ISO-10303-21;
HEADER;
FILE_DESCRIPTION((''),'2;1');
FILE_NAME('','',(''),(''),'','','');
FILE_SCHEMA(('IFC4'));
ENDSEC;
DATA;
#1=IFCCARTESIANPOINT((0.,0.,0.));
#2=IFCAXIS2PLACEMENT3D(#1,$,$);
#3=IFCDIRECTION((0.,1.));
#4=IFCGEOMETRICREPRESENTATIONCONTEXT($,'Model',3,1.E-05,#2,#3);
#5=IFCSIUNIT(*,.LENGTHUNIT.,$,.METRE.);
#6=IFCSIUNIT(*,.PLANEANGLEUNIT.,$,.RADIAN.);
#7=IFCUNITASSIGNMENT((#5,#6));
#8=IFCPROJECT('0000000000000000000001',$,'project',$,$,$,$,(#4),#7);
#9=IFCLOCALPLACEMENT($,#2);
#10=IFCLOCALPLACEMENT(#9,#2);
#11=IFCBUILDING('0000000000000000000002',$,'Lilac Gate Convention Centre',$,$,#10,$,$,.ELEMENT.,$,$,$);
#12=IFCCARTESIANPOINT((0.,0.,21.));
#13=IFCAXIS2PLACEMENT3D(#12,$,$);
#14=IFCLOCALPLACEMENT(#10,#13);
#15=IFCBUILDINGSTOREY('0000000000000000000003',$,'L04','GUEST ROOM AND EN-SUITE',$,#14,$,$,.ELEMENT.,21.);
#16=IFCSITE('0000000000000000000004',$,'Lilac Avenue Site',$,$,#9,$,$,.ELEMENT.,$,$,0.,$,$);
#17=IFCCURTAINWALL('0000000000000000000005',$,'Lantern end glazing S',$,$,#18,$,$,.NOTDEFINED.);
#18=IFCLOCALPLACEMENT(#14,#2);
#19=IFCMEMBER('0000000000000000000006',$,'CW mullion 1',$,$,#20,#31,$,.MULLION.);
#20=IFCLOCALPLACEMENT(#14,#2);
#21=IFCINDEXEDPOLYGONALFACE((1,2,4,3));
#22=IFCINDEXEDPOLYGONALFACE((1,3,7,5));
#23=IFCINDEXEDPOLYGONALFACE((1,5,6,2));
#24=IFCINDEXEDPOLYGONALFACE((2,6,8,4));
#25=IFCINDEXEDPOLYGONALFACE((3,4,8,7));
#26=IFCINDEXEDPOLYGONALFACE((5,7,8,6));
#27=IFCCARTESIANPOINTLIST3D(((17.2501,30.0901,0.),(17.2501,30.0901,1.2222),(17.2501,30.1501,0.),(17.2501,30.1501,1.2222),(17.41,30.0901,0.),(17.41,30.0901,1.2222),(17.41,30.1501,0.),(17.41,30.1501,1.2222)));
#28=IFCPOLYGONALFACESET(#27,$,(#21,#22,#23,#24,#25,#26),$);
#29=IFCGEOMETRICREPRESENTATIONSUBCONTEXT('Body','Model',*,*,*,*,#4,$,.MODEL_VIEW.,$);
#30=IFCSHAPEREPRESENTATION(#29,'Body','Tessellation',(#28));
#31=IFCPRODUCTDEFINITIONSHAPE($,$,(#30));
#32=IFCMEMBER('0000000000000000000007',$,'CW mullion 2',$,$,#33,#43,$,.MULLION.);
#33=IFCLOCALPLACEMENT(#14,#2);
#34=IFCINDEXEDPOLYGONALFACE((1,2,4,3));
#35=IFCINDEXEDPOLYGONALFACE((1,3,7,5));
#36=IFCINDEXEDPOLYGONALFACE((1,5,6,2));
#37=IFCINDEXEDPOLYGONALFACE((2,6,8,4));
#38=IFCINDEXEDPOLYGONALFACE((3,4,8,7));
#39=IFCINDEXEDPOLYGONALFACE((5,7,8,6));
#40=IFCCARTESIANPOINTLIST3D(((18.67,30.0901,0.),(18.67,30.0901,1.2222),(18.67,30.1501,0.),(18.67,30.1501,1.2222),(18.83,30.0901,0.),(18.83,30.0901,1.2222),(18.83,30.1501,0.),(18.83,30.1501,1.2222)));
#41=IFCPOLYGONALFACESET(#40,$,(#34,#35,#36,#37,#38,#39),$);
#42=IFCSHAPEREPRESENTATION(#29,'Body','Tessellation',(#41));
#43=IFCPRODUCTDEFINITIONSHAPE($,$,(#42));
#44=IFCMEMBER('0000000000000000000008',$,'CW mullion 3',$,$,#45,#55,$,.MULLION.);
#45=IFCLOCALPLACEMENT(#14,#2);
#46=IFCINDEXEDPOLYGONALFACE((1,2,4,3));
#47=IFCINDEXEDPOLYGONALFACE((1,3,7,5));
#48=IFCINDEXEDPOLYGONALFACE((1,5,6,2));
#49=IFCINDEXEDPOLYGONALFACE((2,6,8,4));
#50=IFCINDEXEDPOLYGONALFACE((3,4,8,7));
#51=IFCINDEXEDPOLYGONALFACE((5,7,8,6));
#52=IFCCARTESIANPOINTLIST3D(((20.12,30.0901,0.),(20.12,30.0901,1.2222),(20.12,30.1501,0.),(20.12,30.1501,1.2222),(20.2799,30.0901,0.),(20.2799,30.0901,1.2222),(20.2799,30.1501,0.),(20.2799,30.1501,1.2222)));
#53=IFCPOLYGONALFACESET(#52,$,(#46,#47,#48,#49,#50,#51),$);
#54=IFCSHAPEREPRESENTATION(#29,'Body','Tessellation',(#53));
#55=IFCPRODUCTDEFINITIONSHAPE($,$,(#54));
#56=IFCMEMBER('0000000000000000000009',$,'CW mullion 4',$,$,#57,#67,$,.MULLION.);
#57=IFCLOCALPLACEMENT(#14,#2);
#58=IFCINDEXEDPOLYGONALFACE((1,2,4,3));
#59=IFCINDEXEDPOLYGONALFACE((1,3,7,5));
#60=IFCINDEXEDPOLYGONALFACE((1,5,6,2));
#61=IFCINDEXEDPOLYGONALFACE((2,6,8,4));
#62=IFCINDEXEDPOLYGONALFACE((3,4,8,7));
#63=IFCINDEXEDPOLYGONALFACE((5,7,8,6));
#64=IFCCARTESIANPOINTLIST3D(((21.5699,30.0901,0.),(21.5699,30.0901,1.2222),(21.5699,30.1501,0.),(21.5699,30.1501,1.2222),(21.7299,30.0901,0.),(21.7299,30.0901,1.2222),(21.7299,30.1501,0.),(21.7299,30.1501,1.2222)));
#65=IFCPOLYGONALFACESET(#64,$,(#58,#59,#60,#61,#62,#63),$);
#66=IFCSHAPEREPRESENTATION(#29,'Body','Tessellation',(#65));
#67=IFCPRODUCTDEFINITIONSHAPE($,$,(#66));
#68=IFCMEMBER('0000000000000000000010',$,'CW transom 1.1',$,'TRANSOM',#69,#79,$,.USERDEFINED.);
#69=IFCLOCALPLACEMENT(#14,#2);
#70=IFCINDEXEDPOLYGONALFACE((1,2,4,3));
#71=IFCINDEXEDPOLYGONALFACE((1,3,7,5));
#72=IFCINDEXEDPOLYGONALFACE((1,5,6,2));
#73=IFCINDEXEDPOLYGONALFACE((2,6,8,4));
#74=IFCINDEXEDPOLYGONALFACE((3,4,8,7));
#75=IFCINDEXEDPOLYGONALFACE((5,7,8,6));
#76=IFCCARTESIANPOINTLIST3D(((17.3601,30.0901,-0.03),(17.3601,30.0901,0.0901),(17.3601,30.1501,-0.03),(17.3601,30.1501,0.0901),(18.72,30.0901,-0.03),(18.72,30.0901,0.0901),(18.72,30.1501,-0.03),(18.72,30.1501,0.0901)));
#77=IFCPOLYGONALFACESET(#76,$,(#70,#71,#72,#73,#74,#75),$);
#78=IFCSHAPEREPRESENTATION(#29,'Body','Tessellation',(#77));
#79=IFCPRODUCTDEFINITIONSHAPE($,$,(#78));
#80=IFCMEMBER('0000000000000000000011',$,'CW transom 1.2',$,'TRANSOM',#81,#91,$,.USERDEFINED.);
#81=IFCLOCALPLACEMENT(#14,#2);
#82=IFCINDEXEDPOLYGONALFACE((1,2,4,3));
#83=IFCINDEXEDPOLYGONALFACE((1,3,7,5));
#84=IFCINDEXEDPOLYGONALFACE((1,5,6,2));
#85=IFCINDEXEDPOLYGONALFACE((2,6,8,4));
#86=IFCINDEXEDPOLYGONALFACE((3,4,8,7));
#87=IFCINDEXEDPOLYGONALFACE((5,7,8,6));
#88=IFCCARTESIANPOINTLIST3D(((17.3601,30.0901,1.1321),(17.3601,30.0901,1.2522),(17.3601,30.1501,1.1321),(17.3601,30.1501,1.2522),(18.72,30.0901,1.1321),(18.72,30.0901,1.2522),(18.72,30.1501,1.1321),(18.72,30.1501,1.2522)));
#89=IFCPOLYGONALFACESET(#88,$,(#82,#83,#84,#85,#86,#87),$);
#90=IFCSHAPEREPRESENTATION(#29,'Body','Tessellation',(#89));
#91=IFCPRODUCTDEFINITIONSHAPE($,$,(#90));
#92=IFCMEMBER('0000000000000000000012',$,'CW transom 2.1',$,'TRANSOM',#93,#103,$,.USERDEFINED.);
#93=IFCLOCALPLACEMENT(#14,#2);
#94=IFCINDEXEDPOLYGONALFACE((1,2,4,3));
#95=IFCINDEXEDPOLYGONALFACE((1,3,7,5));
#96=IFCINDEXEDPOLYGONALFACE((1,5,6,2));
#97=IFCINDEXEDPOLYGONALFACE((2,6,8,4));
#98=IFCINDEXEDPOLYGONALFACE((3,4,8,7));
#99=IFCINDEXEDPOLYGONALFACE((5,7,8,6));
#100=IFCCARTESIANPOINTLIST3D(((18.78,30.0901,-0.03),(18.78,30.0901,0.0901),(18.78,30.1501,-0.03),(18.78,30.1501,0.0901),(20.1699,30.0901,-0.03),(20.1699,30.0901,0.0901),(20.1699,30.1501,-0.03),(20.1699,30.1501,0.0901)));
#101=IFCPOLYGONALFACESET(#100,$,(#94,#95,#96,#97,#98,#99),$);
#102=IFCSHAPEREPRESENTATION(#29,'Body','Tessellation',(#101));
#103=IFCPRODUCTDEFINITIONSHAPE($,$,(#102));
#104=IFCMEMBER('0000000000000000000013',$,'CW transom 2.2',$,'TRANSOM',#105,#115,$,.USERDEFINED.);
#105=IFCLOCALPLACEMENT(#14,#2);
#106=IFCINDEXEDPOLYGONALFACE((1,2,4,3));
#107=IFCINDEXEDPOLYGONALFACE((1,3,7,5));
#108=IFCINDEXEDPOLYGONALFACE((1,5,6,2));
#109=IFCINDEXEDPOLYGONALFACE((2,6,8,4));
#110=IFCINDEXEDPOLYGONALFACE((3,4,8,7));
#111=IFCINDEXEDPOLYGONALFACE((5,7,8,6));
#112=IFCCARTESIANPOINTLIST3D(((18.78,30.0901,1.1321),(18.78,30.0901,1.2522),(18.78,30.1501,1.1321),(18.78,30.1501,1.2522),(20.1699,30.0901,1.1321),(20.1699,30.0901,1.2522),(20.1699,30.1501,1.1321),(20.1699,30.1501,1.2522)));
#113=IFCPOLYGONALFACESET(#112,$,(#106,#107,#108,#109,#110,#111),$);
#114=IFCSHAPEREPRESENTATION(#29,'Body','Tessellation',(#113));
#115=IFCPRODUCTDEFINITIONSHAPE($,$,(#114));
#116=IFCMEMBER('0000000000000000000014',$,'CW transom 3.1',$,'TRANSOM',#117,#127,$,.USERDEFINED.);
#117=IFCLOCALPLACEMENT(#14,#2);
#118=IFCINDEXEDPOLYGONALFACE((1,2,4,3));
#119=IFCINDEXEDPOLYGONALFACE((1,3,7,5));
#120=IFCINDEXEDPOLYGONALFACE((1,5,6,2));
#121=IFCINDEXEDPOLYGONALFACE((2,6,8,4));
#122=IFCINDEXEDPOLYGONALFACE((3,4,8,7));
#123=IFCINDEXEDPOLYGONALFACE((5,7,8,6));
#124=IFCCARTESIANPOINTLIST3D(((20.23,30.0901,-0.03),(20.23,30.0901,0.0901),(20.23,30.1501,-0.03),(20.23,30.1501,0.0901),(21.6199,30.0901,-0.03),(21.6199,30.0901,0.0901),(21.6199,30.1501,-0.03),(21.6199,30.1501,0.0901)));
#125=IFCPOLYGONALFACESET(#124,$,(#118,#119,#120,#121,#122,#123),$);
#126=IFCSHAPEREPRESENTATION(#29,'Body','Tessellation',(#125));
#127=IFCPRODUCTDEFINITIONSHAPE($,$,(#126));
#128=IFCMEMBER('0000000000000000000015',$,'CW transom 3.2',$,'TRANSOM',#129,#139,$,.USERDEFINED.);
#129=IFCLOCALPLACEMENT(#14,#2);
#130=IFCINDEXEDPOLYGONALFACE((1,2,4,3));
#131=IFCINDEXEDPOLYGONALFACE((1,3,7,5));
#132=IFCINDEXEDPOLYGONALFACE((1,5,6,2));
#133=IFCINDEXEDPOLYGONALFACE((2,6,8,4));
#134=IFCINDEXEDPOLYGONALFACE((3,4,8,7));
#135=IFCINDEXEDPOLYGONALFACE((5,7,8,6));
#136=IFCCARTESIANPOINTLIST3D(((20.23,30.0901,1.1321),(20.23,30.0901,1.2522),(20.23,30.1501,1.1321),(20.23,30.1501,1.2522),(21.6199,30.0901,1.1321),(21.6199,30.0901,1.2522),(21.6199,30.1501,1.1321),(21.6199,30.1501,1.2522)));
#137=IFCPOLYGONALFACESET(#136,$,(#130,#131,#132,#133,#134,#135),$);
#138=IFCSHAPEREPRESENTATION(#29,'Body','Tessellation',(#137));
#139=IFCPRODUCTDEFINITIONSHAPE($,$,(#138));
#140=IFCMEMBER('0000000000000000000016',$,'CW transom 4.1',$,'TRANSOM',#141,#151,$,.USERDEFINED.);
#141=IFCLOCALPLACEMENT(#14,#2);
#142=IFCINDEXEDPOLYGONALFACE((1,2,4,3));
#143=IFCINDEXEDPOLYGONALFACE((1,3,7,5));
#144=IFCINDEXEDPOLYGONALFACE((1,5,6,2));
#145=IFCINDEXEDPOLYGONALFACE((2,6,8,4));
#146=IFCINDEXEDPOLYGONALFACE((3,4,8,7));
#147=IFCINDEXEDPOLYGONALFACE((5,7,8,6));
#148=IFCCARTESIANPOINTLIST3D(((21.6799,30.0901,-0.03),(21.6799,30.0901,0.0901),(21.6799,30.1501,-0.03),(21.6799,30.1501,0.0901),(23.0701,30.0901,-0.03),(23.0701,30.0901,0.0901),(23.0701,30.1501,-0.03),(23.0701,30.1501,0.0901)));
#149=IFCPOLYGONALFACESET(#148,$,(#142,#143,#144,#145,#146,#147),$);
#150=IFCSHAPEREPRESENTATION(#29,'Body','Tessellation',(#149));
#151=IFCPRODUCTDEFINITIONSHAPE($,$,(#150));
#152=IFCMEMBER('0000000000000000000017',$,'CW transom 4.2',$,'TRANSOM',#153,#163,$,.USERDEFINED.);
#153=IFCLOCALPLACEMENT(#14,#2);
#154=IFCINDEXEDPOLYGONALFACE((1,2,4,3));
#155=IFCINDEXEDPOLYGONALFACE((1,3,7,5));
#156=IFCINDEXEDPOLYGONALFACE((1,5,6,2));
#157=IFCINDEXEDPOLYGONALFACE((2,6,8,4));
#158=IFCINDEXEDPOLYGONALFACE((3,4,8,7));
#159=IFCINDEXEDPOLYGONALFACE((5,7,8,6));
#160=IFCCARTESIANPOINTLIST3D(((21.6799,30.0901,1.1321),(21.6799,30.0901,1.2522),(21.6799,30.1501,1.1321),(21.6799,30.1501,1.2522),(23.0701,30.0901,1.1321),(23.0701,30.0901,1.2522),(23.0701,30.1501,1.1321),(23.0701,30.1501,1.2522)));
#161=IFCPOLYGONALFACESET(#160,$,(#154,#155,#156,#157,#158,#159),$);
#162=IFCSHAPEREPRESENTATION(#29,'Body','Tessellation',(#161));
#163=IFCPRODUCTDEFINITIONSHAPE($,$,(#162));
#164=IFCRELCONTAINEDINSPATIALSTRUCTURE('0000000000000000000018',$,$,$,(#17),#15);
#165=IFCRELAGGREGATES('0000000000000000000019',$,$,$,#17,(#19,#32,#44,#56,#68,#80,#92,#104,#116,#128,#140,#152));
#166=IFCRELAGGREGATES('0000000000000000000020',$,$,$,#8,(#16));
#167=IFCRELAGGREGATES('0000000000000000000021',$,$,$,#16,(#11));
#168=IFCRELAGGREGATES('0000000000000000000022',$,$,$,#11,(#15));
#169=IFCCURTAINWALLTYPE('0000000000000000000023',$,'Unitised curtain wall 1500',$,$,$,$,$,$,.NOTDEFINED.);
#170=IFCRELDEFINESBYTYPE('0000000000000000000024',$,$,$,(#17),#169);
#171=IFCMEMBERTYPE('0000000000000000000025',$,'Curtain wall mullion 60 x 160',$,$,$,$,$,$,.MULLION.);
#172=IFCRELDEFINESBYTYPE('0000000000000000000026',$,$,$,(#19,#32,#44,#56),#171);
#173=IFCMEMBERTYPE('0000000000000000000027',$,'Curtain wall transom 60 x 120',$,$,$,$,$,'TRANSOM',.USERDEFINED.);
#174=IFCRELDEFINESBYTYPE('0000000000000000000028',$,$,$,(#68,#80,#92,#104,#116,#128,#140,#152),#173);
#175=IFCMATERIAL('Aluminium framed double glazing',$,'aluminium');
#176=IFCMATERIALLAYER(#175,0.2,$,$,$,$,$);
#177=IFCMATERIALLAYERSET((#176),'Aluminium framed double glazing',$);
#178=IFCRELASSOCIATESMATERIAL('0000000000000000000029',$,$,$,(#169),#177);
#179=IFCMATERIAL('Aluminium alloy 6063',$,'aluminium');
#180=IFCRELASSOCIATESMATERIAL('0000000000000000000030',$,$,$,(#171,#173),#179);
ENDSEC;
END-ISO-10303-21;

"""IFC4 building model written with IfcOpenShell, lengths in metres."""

from ifc_helpers import new_model, si_unit, direction, frame, origin, origin_2d, place, context, subcontext, project, spatial, rectangle, extrude, material, layer, layer_set, material_profile, profile_set, type_object, element, aggregate, save


model = new_model("IFC4")

# Units and contexts
model_context = context("Model", 3, precision=1e-05, world=origin(), true_north=direction((0.0, 1.0)))
body_context = subcontext(model_context, "Body", "Model", "MODEL_VIEW")
ifc_project = project(units=[si_unit("LENGTHUNIT", "METRE"), si_unit("PLANEANGLEUNIT", "RADIAN")], contexts=[model_context])

# Site, building, storey
site_placement = place(None, origin())
site = spatial("IfcSite", under=ifc_project, at=site_placement, Name="Lilac Avenue Site", CompositionType="ELEMENT", RefElevation=0.0)
building_placement = place(site_placement, origin())
building = spatial("IfcBuilding", under=site, at=building_placement, Name="Lilac Gate Convention Centre", CompositionType="ELEMENT")
storey_placement = place(building_placement, frame((0.0, 0.0, 21.0)))
storey = spatial("IfcBuildingStorey", under=building, at=storey_placement, Name="L04", Description="GUEST ROOM AND EN-SUITE", CompositionType="ELEMENT", Elevation=21.0)

# Curtain wall, members
ifc_material_1 = material(Name="Aluminium framed double glazing", Category="aluminium")
ifc_layer_1 = layer(ifc_material_1, 0.2)
ifc_layer_set_1 = layer_set([ifc_layer_1], Name="Aluminium framed double glazing")
curtain_wall_type = type_object("IfcCurtainWallType", Name="Unitised curtain wall 1500", PredefinedType="NOTDEFINED", material=ifc_layer_set_1)
curtain_wall_placement = place(storey_placement, origin())
curtain_wall = element("IfcCurtainWall", 1, at=curtain_wall_placement, inside=storey, type_object=curtain_wall_type, Name="Lantern end glazing S", PredefinedType="NOTDEFINED")
ifc_material_2 = material(Name="Aluminium alloy 6063", Category="aluminium")
ifc_material_profile_1 = material_profile(ifc_material_2, rectangle(XDim=0.0601, YDim=0.1599, at=origin_2d()), Name="Curtain wall mullion 60 x 160")
ifc_profile_set_1 = profile_set([ifc_material_profile_1], Name="Aluminium alloy 6063")
member_type_1 = type_object("IfcMemberType", Name="Curtain wall mullion 60 x 160", PredefinedType="MULLION", material=ifc_profile_set_1)
member_1_placement = place(storey_placement, frame((17.3301, 30.1201, 0.0), z_axis=(0.0, 0.0, 1.0), x_axis=(0.0, 1.0, 0.0)))
member_1 = element("IfcMember", 2, at=member_1_placement, type_object=member_type_1, Name="CW mullion 1", PredefinedType="MULLION", context=body_context, shape_type="SweptSolid", body=[
    extrude(rectangle(XDim=0.0601, YDim=0.1599, at=origin_2d()), origin(), (0.0, 0.0, 1.0), 1.2222),
])
member_2_placement = place(storey_placement, frame((18.75, 30.1201, 0.0), z_axis=(0.0, 0.0, 1.0), x_axis=(0.0, 1.0, 0.0)))
member_2 = element("IfcMember", 3, at=member_2_placement, type_object=member_type_1, Name="CW mullion 2", PredefinedType="MULLION", context=body_context, shape_type="SweptSolid", body=[
    extrude(rectangle(XDim=0.0601, YDim=0.1599, at=origin_2d()), origin(), (0.0, 0.0, 1.0), 1.2222),
])
member_3_placement = place(storey_placement, frame((20.2, 30.1201, 0.0), z_axis=(0.0, 0.0, 1.0), x_axis=(0.0, 1.0, 0.0)))
member_3 = element("IfcMember", 4, at=member_3_placement, type_object=member_type_1, Name="CW mullion 3", PredefinedType="MULLION", context=body_context, shape_type="SweptSolid", body=[
    extrude(rectangle(XDim=0.0601, YDim=0.1599, at=origin_2d()), origin(), (0.0, 0.0, 1.0), 1.2222),
])
member_4_placement = place(storey_placement, frame((21.6499, 30.1201, 0.0), z_axis=(0.0, 0.0, 1.0), x_axis=(0.0, 1.0, 0.0)))
member_4 = element("IfcMember", 5, at=member_4_placement, type_object=member_type_1, Name="CW mullion 4", PredefinedType="MULLION", context=body_context, shape_type="SweptSolid", body=[
    extrude(rectangle(XDim=0.0601, YDim=0.1599, at=origin_2d()), origin(), (0.0, 0.0, 1.0), 1.2222),
])
ifc_material_profile_2 = material_profile(ifc_material_2, rectangle(XDim=0.0601, YDim=0.1201, at=origin_2d()), Name="Curtain wall transom 60 x 120")
ifc_profile_set_2 = profile_set([ifc_material_profile_2], Name="Aluminium alloy 6063")
member_type_2 = type_object("IfcMemberType", Name="Curtain wall transom 60 x 120", ElementType="TRANSOM", PredefinedType="USERDEFINED", material=ifc_profile_set_2)
member_5_placement = place(storey_placement, frame((17.3601, 30.1201, 0.03), z_axis=(1.0, 0.0, 0.0), x_axis=(0.0, 1.0, 0.0)))
member_5 = element("IfcMember", 6, at=member_5_placement, type_object=member_type_2, Name="CW transom 1.1", ObjectType="TRANSOM", PredefinedType="USERDEFINED", context=body_context, shape_type="SweptSolid", body=[
    extrude(rectangle(XDim=0.0601, YDim=0.1201, at=origin_2d()), origin(), (0.0, 0.0, 1.0), 1.3599),
])
member_6_placement = place(storey_placement, frame((17.3601, 30.1201, 1.1921), z_axis=(1.0, 0.0, 0.0), x_axis=(0.0, 1.0, 0.0)))
member_6 = element("IfcMember", 7, at=member_6_placement, type_object=member_type_2, Name="CW transom 1.2", ObjectType="TRANSOM", PredefinedType="USERDEFINED", context=body_context, shape_type="SweptSolid", body=[
    extrude(rectangle(XDim=0.0601, YDim=0.1201, at=origin_2d()), origin(), (0.0, 0.0, 1.0), 1.3599),
])
member_7_placement = place(storey_placement, frame((18.78, 30.1201, 0.03), z_axis=(1.0, 0.0, 0.0), x_axis=(0.0, 1.0, 0.0)))
member_7 = element("IfcMember", 8, at=member_7_placement, type_object=member_type_2, Name="CW transom 2.1", ObjectType="TRANSOM", PredefinedType="USERDEFINED", context=body_context, shape_type="SweptSolid", body=[
    extrude(rectangle(XDim=0.0601, YDim=0.1201, at=origin_2d()), origin(), (0.0, 0.0, 1.0), 1.3899),
])
member_8_placement = place(storey_placement, frame((18.78, 30.1201, 1.1921), z_axis=(1.0, 0.0, 0.0), x_axis=(0.0, 1.0, 0.0)))
member_8 = element("IfcMember", 9, at=member_8_placement, type_object=member_type_2, Name="CW transom 2.2", ObjectType="TRANSOM", PredefinedType="USERDEFINED", context=body_context, shape_type="SweptSolid", body=[
    extrude(rectangle(XDim=0.0601, YDim=0.1201, at=origin_2d()), origin(), (0.0, 0.0, 1.0), 1.3899),
])
member_9_placement = place(storey_placement, frame((20.23, 30.1201, 0.03), z_axis=(1.0, 0.0, 0.0), x_axis=(0.0, 1.0, 0.0)))
member_9 = element("IfcMember", 10, at=member_9_placement, type_object=member_type_2, Name="CW transom 3.1", ObjectType="TRANSOM", PredefinedType="USERDEFINED", context=body_context, shape_type="SweptSolid", body=[
    extrude(rectangle(XDim=0.0601, YDim=0.1201, at=origin_2d()), origin(), (0.0, 0.0, 1.0), 1.3899),
])
member_10_placement = place(storey_placement, frame((20.23, 30.1201, 1.1921), z_axis=(1.0, 0.0, 0.0), x_axis=(0.0, 1.0, 0.0)))
member_10 = element("IfcMember", 11, at=member_10_placement, type_object=member_type_2, Name="CW transom 3.2", ObjectType="TRANSOM", PredefinedType="USERDEFINED", context=body_context, shape_type="SweptSolid", body=[
    extrude(rectangle(XDim=0.0601, YDim=0.1201, at=origin_2d()), origin(), (0.0, 0.0, 1.0), 1.3899),
])
member_11_placement = place(storey_placement, frame((21.6799, 30.1201, 0.03), z_axis=(1.0, 0.0, 0.0), x_axis=(0.0, 1.0, 0.0)))
member_11 = element("IfcMember", 12, at=member_11_placement, type_object=member_type_2, Name="CW transom 4.1", ObjectType="TRANSOM", PredefinedType="USERDEFINED", context=body_context, shape_type="SweptSolid", body=[
    extrude(rectangle(XDim=0.0601, YDim=0.1201, at=origin_2d()), origin(), (0.0, 0.0, 1.0), 1.3901),
])
member_12_placement = place(storey_placement, frame((21.6799, 30.1201, 1.1921), z_axis=(1.0, 0.0, 0.0), x_axis=(0.0, 1.0, 0.0)))
member_12 = element("IfcMember", 13, at=member_12_placement, type_object=member_type_2, Name="CW transom 4.2", ObjectType="TRANSOM", PredefinedType="USERDEFINED", context=body_context, shape_type="SweptSolid", body=[
    extrude(rectangle(XDim=0.0601, YDim=0.1201, at=origin_2d()), origin(), (0.0, 0.0, 1.0), 1.3901),
])

aggregate(curtain_wall, [member_1, member_2, member_3, member_4, member_5, member_6, member_7, member_8, member_9, member_10, member_11, member_12])

save(model, "model.ifc")
